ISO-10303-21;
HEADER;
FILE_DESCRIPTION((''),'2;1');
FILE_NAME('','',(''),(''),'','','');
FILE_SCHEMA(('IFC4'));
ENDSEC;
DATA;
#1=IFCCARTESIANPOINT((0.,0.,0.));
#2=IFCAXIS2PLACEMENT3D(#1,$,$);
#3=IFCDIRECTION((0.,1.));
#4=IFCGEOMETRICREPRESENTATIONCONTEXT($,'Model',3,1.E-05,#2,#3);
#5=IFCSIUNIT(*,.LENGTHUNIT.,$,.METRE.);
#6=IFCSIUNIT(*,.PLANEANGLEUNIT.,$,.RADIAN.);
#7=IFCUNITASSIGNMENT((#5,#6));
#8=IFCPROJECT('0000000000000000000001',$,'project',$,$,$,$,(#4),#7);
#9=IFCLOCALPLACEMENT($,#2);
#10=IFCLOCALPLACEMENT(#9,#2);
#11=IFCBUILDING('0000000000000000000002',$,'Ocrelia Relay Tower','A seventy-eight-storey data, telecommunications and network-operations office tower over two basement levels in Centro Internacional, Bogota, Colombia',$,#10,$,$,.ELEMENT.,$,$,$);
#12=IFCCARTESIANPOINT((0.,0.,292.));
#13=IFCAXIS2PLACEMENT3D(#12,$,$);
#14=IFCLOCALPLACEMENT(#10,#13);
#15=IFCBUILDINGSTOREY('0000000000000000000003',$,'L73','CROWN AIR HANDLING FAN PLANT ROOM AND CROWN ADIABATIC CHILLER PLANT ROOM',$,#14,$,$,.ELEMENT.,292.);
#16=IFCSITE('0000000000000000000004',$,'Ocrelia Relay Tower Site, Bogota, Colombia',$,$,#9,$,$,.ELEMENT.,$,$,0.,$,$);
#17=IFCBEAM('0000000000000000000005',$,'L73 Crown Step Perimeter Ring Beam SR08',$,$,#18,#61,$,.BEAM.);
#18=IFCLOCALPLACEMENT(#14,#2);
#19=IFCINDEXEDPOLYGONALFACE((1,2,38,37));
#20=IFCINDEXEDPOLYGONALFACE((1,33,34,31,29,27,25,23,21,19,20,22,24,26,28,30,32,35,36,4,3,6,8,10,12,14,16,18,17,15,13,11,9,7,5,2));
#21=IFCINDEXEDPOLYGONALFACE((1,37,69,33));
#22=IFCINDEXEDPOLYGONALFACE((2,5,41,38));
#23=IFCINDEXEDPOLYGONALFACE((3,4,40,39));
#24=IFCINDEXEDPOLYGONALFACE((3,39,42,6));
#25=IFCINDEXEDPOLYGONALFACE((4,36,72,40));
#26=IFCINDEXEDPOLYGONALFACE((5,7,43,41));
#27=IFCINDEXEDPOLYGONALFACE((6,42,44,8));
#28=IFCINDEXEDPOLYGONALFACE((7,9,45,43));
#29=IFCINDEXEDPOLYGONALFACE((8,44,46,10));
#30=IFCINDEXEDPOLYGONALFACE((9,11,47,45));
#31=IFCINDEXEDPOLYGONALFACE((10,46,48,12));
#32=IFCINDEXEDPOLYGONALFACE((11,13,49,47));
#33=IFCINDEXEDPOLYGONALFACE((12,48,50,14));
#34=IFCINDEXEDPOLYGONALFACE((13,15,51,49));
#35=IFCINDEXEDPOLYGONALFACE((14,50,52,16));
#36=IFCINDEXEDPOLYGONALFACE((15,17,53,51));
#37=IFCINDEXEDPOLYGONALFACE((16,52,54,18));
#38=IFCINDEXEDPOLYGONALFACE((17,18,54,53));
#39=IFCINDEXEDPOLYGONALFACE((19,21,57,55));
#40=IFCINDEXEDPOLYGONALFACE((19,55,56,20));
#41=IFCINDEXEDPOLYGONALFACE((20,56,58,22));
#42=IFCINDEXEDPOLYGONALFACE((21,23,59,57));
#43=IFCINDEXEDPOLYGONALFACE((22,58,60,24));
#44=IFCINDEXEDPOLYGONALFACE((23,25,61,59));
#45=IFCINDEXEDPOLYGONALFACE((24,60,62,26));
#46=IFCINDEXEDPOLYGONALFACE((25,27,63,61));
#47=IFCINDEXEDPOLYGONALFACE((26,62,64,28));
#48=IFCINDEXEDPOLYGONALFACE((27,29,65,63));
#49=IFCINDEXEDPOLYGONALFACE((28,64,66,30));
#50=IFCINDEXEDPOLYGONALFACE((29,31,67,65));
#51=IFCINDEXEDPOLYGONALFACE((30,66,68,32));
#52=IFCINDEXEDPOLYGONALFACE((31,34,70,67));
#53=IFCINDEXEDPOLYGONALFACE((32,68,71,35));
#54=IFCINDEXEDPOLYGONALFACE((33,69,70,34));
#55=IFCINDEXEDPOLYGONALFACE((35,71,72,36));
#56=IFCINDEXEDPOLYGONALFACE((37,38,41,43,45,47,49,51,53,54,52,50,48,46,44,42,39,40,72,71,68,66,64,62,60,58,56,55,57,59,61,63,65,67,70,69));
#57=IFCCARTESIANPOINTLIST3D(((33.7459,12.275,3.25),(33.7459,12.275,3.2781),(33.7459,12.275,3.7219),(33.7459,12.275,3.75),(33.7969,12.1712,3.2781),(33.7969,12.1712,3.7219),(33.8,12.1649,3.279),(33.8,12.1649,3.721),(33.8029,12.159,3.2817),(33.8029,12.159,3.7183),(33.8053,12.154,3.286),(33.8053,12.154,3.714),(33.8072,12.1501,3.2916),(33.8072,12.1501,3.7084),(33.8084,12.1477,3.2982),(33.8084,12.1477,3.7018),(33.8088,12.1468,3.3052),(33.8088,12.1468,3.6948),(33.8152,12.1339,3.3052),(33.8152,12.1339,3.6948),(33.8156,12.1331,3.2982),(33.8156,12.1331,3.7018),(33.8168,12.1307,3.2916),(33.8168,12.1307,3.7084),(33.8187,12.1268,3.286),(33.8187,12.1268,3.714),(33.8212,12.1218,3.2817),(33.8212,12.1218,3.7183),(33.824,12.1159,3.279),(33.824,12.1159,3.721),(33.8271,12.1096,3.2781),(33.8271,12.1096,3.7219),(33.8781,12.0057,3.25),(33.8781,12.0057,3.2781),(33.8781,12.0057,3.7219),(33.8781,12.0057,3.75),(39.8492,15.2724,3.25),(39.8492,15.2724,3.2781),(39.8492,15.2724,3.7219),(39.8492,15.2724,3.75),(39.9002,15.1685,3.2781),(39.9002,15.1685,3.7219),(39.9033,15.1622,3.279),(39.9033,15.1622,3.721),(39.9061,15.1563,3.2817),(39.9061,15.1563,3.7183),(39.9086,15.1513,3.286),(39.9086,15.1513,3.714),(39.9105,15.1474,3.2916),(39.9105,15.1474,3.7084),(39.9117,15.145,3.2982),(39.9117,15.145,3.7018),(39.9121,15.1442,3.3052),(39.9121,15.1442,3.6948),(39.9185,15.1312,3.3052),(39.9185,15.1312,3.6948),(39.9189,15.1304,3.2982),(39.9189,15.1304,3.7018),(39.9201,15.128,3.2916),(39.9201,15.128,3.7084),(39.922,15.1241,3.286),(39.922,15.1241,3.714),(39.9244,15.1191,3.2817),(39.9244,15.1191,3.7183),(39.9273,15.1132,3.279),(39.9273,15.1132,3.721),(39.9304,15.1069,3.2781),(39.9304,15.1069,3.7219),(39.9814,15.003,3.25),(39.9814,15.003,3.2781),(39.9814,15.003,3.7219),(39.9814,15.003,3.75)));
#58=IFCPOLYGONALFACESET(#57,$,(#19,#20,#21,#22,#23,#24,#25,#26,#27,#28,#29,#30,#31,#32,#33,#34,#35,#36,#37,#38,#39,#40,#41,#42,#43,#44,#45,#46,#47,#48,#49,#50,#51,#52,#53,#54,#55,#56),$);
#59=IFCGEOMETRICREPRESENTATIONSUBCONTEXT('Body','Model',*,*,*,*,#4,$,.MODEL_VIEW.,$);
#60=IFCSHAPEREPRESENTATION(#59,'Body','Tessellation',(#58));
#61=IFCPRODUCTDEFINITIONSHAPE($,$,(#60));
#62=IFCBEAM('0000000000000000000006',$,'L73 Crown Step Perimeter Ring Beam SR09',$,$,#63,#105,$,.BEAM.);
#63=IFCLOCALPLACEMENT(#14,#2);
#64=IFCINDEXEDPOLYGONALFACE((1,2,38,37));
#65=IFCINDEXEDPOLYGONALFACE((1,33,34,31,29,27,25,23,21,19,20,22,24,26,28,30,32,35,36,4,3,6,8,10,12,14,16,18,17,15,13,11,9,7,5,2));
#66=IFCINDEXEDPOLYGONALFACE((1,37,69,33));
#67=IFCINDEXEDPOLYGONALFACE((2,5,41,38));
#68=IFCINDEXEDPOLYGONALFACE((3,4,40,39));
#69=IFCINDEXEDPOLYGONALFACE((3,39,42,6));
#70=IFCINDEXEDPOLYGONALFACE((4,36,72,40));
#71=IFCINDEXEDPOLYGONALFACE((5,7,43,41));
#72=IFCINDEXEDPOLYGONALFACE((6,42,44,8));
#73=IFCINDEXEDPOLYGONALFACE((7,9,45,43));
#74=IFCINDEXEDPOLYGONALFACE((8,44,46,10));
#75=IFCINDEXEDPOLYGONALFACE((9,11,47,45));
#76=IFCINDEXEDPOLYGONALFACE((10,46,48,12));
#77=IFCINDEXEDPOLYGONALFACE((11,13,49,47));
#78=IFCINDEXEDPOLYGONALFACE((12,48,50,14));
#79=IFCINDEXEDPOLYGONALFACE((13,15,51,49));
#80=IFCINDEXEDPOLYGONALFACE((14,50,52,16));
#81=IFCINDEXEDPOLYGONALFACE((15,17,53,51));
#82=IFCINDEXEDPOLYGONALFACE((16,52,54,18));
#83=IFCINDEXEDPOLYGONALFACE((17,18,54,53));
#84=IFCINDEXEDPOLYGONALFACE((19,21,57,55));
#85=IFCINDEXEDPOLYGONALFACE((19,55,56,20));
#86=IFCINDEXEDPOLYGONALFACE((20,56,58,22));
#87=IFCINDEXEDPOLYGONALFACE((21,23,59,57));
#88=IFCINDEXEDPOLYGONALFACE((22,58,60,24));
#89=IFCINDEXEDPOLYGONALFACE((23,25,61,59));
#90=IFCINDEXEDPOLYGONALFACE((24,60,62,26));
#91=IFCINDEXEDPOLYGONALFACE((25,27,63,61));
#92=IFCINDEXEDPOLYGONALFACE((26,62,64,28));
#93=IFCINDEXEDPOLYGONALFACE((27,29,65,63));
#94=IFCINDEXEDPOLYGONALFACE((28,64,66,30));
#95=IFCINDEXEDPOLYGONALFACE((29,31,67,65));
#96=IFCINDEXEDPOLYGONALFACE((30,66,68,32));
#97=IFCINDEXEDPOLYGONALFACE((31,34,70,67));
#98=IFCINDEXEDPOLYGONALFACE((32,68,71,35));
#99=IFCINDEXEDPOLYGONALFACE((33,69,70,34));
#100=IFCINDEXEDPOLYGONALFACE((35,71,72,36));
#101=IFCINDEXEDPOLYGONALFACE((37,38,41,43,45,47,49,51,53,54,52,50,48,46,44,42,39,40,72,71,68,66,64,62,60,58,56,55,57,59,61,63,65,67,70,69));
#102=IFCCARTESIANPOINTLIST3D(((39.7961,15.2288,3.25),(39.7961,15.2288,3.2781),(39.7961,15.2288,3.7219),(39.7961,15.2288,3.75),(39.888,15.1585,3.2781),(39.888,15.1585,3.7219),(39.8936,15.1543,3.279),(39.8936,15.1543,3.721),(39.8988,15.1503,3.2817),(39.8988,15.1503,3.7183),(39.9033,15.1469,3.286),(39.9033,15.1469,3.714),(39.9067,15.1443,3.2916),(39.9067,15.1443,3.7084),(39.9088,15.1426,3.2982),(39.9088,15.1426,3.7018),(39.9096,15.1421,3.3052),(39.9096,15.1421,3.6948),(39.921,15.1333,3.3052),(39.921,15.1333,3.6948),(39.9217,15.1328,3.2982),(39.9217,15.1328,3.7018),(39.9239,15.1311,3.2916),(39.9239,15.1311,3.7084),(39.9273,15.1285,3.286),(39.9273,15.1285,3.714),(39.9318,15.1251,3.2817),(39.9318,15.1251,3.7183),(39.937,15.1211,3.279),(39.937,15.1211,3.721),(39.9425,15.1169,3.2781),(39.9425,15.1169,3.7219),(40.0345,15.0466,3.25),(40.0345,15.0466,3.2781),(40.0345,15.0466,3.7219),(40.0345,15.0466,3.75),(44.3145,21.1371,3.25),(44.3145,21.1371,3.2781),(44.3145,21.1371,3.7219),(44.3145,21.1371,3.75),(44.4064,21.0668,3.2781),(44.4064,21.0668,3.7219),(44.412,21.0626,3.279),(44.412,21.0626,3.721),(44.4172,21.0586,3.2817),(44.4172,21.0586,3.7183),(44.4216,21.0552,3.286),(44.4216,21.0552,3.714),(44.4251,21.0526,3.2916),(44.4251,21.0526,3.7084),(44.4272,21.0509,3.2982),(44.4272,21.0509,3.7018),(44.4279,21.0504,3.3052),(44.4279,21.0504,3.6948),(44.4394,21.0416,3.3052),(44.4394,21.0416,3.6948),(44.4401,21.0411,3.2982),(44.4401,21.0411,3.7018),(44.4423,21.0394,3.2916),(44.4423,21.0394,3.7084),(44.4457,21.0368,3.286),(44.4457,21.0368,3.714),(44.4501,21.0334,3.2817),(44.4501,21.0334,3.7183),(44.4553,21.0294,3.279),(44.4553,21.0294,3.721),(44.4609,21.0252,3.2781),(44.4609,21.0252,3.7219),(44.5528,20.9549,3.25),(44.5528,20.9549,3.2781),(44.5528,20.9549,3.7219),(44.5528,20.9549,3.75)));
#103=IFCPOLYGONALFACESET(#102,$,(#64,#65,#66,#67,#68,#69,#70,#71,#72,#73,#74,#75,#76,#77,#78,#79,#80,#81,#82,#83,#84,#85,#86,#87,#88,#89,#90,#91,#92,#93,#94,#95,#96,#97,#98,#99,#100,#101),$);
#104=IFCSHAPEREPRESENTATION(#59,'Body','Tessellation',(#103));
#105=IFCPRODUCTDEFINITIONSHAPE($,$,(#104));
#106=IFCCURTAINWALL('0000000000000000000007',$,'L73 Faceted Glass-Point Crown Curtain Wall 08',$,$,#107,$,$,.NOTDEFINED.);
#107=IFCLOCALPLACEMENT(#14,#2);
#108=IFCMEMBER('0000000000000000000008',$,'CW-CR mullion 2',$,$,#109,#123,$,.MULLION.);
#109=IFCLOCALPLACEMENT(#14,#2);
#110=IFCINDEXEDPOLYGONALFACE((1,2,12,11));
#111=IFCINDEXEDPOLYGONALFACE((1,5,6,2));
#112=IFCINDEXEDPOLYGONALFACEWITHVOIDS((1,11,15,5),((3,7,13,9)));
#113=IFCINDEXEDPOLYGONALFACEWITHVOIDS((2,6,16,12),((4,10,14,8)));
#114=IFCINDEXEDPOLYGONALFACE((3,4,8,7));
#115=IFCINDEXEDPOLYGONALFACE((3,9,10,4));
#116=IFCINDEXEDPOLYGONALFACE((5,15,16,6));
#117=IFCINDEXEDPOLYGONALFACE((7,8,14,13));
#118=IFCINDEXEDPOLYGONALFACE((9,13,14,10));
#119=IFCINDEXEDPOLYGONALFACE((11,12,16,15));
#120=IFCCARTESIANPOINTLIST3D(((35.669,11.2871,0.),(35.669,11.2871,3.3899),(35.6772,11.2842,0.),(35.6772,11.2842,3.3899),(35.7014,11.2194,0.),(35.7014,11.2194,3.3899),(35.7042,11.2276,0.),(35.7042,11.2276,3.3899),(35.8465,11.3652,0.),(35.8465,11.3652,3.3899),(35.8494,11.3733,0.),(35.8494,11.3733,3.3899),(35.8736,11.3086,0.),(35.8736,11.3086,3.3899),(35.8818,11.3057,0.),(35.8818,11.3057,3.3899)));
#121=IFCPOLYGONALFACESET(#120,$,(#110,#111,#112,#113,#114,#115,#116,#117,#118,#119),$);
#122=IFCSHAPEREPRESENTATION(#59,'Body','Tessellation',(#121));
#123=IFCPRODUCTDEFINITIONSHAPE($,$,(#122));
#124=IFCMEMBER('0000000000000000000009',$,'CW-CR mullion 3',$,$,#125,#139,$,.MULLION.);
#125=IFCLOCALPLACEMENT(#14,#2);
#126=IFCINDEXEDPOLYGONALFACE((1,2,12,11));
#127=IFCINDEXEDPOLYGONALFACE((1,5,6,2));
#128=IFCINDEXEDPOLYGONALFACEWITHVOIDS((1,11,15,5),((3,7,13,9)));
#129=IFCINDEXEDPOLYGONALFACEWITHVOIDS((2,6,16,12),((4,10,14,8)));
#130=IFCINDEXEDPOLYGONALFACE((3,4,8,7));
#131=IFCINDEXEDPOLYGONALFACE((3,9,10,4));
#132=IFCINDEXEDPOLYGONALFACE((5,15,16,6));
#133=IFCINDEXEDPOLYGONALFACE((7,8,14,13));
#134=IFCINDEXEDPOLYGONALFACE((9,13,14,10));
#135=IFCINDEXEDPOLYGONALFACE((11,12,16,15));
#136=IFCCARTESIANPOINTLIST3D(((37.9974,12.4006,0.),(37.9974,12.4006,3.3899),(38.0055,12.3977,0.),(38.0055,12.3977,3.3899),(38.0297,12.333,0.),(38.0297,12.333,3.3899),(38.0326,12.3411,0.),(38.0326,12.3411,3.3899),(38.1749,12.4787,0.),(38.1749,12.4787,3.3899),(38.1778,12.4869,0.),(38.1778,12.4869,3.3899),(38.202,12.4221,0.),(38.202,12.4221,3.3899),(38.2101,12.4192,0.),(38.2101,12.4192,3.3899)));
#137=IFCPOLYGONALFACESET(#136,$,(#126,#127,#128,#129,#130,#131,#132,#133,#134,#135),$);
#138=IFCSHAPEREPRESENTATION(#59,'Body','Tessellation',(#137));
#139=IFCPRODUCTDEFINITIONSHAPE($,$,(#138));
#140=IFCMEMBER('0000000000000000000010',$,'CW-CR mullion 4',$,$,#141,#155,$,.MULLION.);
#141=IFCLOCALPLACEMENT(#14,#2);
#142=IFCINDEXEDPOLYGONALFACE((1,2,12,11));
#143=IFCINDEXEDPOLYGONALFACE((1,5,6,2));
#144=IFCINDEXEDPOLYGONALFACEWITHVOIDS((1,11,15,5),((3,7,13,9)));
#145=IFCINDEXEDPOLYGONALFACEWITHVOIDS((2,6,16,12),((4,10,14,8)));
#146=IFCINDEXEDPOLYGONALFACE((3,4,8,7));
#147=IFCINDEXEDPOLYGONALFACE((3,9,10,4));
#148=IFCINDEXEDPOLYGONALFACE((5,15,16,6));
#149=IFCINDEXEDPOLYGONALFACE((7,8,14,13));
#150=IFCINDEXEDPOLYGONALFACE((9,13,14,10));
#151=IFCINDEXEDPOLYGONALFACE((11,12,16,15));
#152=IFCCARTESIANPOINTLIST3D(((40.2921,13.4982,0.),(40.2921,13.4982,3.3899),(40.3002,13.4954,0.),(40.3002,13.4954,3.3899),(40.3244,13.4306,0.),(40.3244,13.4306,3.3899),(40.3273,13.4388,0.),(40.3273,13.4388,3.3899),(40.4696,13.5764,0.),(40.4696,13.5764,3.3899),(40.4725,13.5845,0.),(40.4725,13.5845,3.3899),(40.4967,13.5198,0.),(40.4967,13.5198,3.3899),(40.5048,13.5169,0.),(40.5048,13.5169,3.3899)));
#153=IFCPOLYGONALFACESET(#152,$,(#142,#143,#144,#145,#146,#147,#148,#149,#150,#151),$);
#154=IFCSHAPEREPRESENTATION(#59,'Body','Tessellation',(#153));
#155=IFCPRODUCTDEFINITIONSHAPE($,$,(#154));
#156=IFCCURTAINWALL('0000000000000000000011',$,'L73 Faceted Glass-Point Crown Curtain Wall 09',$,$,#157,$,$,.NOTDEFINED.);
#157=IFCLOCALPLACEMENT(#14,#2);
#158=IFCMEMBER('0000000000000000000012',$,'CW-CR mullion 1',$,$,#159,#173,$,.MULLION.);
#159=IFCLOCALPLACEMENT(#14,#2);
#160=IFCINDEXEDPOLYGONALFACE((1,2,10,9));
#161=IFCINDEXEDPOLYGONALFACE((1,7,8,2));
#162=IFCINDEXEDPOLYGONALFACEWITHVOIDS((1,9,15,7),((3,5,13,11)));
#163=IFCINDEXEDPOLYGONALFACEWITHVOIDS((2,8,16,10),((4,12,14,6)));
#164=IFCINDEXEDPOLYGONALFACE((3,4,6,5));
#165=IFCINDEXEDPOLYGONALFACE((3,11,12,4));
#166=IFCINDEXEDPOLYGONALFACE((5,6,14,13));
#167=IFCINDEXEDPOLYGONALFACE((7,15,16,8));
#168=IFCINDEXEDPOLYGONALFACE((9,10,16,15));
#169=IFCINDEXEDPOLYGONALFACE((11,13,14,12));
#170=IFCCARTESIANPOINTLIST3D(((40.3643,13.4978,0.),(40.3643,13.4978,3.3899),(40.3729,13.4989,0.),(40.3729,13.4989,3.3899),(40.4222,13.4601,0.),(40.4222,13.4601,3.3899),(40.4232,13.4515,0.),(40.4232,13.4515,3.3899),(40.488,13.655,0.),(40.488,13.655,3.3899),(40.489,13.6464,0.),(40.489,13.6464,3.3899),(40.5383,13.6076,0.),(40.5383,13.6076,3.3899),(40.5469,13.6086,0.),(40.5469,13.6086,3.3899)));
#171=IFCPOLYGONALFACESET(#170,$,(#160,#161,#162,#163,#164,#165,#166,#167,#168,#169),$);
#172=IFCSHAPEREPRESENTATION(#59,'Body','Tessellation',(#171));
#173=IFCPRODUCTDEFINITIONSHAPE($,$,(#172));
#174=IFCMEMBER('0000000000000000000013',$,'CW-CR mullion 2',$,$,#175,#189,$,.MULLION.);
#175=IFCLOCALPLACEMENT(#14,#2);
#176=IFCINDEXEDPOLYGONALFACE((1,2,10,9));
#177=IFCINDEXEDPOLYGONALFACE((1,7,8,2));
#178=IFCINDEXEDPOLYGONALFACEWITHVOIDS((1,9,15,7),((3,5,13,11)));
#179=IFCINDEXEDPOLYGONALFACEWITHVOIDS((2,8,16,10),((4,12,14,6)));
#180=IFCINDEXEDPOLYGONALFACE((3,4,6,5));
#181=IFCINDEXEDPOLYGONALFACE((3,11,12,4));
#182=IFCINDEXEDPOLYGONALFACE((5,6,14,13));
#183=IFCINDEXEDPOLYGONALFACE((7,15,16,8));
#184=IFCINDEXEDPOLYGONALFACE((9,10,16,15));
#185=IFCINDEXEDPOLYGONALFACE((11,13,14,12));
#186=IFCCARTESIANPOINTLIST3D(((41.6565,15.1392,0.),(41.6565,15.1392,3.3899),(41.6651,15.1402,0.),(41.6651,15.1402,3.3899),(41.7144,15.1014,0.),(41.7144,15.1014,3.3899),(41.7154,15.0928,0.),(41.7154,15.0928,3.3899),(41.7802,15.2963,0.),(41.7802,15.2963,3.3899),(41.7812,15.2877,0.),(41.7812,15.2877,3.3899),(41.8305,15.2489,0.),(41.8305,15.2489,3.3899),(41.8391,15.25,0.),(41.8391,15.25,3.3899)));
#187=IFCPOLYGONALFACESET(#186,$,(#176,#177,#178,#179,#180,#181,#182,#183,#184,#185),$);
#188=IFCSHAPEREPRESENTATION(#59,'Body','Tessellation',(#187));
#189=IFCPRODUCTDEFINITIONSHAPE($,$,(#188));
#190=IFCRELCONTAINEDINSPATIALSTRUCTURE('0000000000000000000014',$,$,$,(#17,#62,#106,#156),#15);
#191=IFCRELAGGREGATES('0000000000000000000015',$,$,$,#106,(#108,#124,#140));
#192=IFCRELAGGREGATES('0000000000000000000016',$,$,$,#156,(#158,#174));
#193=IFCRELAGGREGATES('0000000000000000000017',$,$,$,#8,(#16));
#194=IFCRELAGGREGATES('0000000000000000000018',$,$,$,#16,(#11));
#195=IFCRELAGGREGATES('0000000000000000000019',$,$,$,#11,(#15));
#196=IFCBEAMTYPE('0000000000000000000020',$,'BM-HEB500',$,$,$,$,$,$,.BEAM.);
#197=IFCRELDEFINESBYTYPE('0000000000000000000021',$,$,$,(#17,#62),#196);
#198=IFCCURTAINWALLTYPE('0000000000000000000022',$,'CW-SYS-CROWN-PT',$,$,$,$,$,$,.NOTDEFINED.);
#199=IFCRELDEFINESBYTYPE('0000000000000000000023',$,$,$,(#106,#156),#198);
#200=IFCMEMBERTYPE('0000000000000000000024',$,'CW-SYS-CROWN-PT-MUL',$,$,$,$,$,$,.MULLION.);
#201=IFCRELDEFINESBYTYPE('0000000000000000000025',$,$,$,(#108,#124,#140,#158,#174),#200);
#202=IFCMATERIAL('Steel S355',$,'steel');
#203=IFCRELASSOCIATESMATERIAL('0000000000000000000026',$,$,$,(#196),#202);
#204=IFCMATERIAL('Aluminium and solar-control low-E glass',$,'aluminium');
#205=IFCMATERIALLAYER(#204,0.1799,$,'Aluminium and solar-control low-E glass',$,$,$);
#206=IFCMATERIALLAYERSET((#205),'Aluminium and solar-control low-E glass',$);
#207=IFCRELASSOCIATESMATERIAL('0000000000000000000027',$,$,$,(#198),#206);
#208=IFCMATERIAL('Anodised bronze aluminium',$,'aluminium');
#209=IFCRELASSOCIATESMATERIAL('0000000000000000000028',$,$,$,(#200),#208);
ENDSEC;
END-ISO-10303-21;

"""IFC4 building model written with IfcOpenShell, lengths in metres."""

from ifc_helpers import new_model, si_unit, direction, frame, origin, origin_2d, place, context, subcontext, project, spatial, hollow_rectangle, i_section, extrude, material, layer, layer_set, material_profile, profile_set, type_object, element, aggregate, save


model = new_model("IFC4")

# Units and contexts
model_context = context("Model", 3, precision=1e-05, world=origin(), true_north=direction((0.0, 1.0)))
body_context = subcontext(model_context, "Body", "Model", "MODEL_VIEW")
ifc_project = project(units=[si_unit("LENGTHUNIT", "METRE"), si_unit("PLANEANGLEUNIT", "RADIAN")], contexts=[model_context])

# Site, building, storey
site_placement = place(None, origin())
site = spatial("IfcSite", under=ifc_project, at=site_placement, Name="Ocrelia Relay Tower Site, Bogota, Colombia", CompositionType="ELEMENT", RefElevation=0.0)
building_placement = place(site_placement, origin())
building = spatial("IfcBuilding", under=site, at=building_placement, Name="Ocrelia Relay Tower", Description="A seventy-eight-storey data, telecommunications and network-operations office tower over two basement levels in Centro Internacional, Bogota, Colombia", CompositionType="ELEMENT")
storey_placement = place(building_placement, frame((0.0, 0.0, 292.0)))
storey = spatial("IfcBuildingStorey", under=building, at=storey_placement, Name="L73", Description="CROWN AIR HANDLING FAN PLANT ROOM AND CROWN ADIABATIC CHILLER PLANT ROOM", CompositionType="ELEMENT", Elevation=292.0)

# Beams
ifc_material_1 = material(Name="Steel S355", Category="steel")
ifc_material_profile_1 = material_profile(ifc_material_1, i_section(OverallWidth=0.3, OverallDepth=0.5, WebThickness=0.0144, FlangeThickness=0.0281, FilletRadius=0.0271, at=origin_2d()), Name="HEB 500")
ifc_profile_set_1 = profile_set([ifc_material_profile_1], Name="Steel S355")
beam_type_1 = type_object("IfcBeamType", Name="BM-HEB500", PredefinedType="BEAM", material=ifc_profile_set_1)
beam_1_placement = place(storey_placement, frame((33.812, 12.1404, 3.5), z_axis=(0.8976, 0.440811, 0.0), x_axis=(-0.440811, 0.8976, 0.0)))
element("IfcBeam", 1, at=beam_1_placement, inside=storey, type_object=beam_type_1, Name="L73 Crown Step Perimeter Ring Beam SR08", PredefinedType="BEAM", context=body_context, shape_type="SweptSolid", body=[
    extrude(i_section(OverallWidth=0.3, OverallDepth=0.5, WebThickness=0.0144, FlangeThickness=0.0281, FilletRadius=0.0271, at=origin_2d()), origin(), (0.0, 0.0, 1.0), 6.7996),
])
beam_2_placement = place(storey_placement, frame((39.9153, 15.1377, 3.5), z_axis=(0.607473, 0.79434, 0.0), x_axis=(-0.79434, 0.607473, 0.0)))
element("IfcBeam", 2, at=beam_2_placement, inside=storey, type_object=beam_type_1, Name="L73 Crown Step Perimeter Ring Beam SR09", PredefinedType="BEAM", context=body_context, shape_type="SweptSolid", body=[
    extrude(i_section(OverallWidth=0.3, OverallDepth=0.5, WebThickness=0.0144, FlangeThickness=0.0281, FilletRadius=0.0271, at=origin_2d()), origin(), (0.0, 0.0, 1.0), 7.438),
])

# Curtain walls, members
ifc_material_2 = material(Name="Aluminium and solar-control low-E glass", Category="aluminium")
ifc_layer_1 = layer(ifc_material_2, 0.1799, Name="Aluminium and solar-control low-E glass")
ifc_layer_set_1 = layer_set([ifc_layer_1], Name="Aluminium and solar-control low-E glass")
curtain_wall_type = type_object("IfcCurtainWallType", Name="CW-SYS-CROWN-PT", PredefinedType="NOTDEFINED", material=ifc_layer_set_1)
curtain_wall_1_placement = place(storey_placement, origin())
curtain_wall_1 = element("IfcCurtainWall", 3, at=curtain_wall_1_placement, inside=storey, type_object=curtain_wall_type, Name="L73 Faceted Glass-Point Crown Curtain Wall 08", PredefinedType="NOTDEFINED")
ifc_material_3 = material(Name="Anodised bronze aluminium", Category="aluminium")
ifc_material_profile_2 = material_profile(ifc_material_3, hollow_rectangle(XDim=0.075, YDim=0.2, WallThickness=0.0061, at=origin_2d()), Name="CW-MUL-200x75")
ifc_profile_set_2 = profile_set([ifc_material_profile_2], Name="Anodised bronze aluminium")
member_type_1 = type_object("IfcMemberType", Name="CW-SYS-CROWN-PT-MUL", PredefinedType="MULLION", material=ifc_profile_set_2)
member_1_placement = place(storey_placement, frame((35.7754, 11.2964, 0.0), z_axis=(0.0, 0.0, 1.0), x_axis=(-0.431477, 0.902124, 0.0)))
member_1 = element("IfcMember", 4, at=member_1_placement, type_object=member_type_1, Name="CW-CR mullion 2", PredefinedType="MULLION", context=body_context, shape_type="SweptSolid", body=[
    extrude(hollow_rectangle(XDim=0.075, YDim=0.2, WallThickness=0.0061, at=origin_2d()), origin(), (0.0, 0.0, 1.0), 3.3899),
])
member_2_placement = place(storey_placement, frame((38.1038, 12.4099, 0.0), z_axis=(0.0, 0.0, 1.0), x_axis=(-0.431477, 0.902124, 0.0)))
member_2 = element("IfcMember", 5, at=member_2_placement, type_object=member_type_1, Name="CW-CR mullion 3", PredefinedType="MULLION", context=body_context, shape_type="SweptSolid", body=[
    extrude(hollow_rectangle(XDim=0.075, YDim=0.2, WallThickness=0.0061, at=origin_2d()), origin(), (0.0, 0.0, 1.0), 3.3899),
])
member_3_placement = place(storey_placement, frame((40.3984, 13.5076, 0.0), z_axis=(0.0, 0.0, 1.0), x_axis=(-0.431477, 0.902124, 0.0)))
member_3 = element("IfcMember", 6, at=member_3_placement, type_object=member_type_1, Name="CW-CR mullion 4", PredefinedType="MULLION", context=body_context, shape_type="SweptSolid", body=[
    extrude(hollow_rectangle(XDim=0.075, YDim=0.2, WallThickness=0.0061, at=origin_2d()), origin(), (0.0, 0.0, 1.0), 3.3899),
])
curtain_wall_2_placement = place(storey_placement, origin())
curtain_wall_2 = element("IfcCurtainWall", 7, at=curtain_wall_2_placement, inside=storey, type_object=curtain_wall_type, Name="L73 Faceted Glass-Point Crown Curtain Wall 09", PredefinedType="NOTDEFINED")
member_4_placement = place(storey_placement, frame((40.4556, 13.5532, 0.0), z_axis=(0.0, 0.0, 1.0), x_axis=(-0.785742, 0.618554, 0.0)))
member_4 = element("IfcMember", 8, at=member_4_placement, type_object=member_type_1, Name="CW-CR mullion 1", PredefinedType="MULLION", context=body_context, shape_type="SweptSolid", body=[
    extrude(hollow_rectangle(XDim=0.075, YDim=0.2, WallThickness=0.0061, at=origin_2d()), origin(), (0.0, 0.0, 1.0), 3.3899),
])
member_5_placement = place(storey_placement, frame((41.7478, 15.1946, 0.0), z_axis=(0.0, 0.0, 1.0), x_axis=(-0.785742, 0.618554, 0.0)))
member_5 = element("IfcMember", 9, at=member_5_placement, type_object=member_type_1, Name="CW-CR mullion 2", PredefinedType="MULLION", context=body_context, shape_type="SweptSolid", body=[
    extrude(hollow_rectangle(XDim=0.075, YDim=0.2, WallThickness=0.0061, at=origin_2d()), origin(), (0.0, 0.0, 1.0), 3.3899),
])

aggregate(curtain_wall_1, [member_1, member_2, member_3])
aggregate(curtain_wall_2, [member_4, member_5])

save(model, "model.ifc")
